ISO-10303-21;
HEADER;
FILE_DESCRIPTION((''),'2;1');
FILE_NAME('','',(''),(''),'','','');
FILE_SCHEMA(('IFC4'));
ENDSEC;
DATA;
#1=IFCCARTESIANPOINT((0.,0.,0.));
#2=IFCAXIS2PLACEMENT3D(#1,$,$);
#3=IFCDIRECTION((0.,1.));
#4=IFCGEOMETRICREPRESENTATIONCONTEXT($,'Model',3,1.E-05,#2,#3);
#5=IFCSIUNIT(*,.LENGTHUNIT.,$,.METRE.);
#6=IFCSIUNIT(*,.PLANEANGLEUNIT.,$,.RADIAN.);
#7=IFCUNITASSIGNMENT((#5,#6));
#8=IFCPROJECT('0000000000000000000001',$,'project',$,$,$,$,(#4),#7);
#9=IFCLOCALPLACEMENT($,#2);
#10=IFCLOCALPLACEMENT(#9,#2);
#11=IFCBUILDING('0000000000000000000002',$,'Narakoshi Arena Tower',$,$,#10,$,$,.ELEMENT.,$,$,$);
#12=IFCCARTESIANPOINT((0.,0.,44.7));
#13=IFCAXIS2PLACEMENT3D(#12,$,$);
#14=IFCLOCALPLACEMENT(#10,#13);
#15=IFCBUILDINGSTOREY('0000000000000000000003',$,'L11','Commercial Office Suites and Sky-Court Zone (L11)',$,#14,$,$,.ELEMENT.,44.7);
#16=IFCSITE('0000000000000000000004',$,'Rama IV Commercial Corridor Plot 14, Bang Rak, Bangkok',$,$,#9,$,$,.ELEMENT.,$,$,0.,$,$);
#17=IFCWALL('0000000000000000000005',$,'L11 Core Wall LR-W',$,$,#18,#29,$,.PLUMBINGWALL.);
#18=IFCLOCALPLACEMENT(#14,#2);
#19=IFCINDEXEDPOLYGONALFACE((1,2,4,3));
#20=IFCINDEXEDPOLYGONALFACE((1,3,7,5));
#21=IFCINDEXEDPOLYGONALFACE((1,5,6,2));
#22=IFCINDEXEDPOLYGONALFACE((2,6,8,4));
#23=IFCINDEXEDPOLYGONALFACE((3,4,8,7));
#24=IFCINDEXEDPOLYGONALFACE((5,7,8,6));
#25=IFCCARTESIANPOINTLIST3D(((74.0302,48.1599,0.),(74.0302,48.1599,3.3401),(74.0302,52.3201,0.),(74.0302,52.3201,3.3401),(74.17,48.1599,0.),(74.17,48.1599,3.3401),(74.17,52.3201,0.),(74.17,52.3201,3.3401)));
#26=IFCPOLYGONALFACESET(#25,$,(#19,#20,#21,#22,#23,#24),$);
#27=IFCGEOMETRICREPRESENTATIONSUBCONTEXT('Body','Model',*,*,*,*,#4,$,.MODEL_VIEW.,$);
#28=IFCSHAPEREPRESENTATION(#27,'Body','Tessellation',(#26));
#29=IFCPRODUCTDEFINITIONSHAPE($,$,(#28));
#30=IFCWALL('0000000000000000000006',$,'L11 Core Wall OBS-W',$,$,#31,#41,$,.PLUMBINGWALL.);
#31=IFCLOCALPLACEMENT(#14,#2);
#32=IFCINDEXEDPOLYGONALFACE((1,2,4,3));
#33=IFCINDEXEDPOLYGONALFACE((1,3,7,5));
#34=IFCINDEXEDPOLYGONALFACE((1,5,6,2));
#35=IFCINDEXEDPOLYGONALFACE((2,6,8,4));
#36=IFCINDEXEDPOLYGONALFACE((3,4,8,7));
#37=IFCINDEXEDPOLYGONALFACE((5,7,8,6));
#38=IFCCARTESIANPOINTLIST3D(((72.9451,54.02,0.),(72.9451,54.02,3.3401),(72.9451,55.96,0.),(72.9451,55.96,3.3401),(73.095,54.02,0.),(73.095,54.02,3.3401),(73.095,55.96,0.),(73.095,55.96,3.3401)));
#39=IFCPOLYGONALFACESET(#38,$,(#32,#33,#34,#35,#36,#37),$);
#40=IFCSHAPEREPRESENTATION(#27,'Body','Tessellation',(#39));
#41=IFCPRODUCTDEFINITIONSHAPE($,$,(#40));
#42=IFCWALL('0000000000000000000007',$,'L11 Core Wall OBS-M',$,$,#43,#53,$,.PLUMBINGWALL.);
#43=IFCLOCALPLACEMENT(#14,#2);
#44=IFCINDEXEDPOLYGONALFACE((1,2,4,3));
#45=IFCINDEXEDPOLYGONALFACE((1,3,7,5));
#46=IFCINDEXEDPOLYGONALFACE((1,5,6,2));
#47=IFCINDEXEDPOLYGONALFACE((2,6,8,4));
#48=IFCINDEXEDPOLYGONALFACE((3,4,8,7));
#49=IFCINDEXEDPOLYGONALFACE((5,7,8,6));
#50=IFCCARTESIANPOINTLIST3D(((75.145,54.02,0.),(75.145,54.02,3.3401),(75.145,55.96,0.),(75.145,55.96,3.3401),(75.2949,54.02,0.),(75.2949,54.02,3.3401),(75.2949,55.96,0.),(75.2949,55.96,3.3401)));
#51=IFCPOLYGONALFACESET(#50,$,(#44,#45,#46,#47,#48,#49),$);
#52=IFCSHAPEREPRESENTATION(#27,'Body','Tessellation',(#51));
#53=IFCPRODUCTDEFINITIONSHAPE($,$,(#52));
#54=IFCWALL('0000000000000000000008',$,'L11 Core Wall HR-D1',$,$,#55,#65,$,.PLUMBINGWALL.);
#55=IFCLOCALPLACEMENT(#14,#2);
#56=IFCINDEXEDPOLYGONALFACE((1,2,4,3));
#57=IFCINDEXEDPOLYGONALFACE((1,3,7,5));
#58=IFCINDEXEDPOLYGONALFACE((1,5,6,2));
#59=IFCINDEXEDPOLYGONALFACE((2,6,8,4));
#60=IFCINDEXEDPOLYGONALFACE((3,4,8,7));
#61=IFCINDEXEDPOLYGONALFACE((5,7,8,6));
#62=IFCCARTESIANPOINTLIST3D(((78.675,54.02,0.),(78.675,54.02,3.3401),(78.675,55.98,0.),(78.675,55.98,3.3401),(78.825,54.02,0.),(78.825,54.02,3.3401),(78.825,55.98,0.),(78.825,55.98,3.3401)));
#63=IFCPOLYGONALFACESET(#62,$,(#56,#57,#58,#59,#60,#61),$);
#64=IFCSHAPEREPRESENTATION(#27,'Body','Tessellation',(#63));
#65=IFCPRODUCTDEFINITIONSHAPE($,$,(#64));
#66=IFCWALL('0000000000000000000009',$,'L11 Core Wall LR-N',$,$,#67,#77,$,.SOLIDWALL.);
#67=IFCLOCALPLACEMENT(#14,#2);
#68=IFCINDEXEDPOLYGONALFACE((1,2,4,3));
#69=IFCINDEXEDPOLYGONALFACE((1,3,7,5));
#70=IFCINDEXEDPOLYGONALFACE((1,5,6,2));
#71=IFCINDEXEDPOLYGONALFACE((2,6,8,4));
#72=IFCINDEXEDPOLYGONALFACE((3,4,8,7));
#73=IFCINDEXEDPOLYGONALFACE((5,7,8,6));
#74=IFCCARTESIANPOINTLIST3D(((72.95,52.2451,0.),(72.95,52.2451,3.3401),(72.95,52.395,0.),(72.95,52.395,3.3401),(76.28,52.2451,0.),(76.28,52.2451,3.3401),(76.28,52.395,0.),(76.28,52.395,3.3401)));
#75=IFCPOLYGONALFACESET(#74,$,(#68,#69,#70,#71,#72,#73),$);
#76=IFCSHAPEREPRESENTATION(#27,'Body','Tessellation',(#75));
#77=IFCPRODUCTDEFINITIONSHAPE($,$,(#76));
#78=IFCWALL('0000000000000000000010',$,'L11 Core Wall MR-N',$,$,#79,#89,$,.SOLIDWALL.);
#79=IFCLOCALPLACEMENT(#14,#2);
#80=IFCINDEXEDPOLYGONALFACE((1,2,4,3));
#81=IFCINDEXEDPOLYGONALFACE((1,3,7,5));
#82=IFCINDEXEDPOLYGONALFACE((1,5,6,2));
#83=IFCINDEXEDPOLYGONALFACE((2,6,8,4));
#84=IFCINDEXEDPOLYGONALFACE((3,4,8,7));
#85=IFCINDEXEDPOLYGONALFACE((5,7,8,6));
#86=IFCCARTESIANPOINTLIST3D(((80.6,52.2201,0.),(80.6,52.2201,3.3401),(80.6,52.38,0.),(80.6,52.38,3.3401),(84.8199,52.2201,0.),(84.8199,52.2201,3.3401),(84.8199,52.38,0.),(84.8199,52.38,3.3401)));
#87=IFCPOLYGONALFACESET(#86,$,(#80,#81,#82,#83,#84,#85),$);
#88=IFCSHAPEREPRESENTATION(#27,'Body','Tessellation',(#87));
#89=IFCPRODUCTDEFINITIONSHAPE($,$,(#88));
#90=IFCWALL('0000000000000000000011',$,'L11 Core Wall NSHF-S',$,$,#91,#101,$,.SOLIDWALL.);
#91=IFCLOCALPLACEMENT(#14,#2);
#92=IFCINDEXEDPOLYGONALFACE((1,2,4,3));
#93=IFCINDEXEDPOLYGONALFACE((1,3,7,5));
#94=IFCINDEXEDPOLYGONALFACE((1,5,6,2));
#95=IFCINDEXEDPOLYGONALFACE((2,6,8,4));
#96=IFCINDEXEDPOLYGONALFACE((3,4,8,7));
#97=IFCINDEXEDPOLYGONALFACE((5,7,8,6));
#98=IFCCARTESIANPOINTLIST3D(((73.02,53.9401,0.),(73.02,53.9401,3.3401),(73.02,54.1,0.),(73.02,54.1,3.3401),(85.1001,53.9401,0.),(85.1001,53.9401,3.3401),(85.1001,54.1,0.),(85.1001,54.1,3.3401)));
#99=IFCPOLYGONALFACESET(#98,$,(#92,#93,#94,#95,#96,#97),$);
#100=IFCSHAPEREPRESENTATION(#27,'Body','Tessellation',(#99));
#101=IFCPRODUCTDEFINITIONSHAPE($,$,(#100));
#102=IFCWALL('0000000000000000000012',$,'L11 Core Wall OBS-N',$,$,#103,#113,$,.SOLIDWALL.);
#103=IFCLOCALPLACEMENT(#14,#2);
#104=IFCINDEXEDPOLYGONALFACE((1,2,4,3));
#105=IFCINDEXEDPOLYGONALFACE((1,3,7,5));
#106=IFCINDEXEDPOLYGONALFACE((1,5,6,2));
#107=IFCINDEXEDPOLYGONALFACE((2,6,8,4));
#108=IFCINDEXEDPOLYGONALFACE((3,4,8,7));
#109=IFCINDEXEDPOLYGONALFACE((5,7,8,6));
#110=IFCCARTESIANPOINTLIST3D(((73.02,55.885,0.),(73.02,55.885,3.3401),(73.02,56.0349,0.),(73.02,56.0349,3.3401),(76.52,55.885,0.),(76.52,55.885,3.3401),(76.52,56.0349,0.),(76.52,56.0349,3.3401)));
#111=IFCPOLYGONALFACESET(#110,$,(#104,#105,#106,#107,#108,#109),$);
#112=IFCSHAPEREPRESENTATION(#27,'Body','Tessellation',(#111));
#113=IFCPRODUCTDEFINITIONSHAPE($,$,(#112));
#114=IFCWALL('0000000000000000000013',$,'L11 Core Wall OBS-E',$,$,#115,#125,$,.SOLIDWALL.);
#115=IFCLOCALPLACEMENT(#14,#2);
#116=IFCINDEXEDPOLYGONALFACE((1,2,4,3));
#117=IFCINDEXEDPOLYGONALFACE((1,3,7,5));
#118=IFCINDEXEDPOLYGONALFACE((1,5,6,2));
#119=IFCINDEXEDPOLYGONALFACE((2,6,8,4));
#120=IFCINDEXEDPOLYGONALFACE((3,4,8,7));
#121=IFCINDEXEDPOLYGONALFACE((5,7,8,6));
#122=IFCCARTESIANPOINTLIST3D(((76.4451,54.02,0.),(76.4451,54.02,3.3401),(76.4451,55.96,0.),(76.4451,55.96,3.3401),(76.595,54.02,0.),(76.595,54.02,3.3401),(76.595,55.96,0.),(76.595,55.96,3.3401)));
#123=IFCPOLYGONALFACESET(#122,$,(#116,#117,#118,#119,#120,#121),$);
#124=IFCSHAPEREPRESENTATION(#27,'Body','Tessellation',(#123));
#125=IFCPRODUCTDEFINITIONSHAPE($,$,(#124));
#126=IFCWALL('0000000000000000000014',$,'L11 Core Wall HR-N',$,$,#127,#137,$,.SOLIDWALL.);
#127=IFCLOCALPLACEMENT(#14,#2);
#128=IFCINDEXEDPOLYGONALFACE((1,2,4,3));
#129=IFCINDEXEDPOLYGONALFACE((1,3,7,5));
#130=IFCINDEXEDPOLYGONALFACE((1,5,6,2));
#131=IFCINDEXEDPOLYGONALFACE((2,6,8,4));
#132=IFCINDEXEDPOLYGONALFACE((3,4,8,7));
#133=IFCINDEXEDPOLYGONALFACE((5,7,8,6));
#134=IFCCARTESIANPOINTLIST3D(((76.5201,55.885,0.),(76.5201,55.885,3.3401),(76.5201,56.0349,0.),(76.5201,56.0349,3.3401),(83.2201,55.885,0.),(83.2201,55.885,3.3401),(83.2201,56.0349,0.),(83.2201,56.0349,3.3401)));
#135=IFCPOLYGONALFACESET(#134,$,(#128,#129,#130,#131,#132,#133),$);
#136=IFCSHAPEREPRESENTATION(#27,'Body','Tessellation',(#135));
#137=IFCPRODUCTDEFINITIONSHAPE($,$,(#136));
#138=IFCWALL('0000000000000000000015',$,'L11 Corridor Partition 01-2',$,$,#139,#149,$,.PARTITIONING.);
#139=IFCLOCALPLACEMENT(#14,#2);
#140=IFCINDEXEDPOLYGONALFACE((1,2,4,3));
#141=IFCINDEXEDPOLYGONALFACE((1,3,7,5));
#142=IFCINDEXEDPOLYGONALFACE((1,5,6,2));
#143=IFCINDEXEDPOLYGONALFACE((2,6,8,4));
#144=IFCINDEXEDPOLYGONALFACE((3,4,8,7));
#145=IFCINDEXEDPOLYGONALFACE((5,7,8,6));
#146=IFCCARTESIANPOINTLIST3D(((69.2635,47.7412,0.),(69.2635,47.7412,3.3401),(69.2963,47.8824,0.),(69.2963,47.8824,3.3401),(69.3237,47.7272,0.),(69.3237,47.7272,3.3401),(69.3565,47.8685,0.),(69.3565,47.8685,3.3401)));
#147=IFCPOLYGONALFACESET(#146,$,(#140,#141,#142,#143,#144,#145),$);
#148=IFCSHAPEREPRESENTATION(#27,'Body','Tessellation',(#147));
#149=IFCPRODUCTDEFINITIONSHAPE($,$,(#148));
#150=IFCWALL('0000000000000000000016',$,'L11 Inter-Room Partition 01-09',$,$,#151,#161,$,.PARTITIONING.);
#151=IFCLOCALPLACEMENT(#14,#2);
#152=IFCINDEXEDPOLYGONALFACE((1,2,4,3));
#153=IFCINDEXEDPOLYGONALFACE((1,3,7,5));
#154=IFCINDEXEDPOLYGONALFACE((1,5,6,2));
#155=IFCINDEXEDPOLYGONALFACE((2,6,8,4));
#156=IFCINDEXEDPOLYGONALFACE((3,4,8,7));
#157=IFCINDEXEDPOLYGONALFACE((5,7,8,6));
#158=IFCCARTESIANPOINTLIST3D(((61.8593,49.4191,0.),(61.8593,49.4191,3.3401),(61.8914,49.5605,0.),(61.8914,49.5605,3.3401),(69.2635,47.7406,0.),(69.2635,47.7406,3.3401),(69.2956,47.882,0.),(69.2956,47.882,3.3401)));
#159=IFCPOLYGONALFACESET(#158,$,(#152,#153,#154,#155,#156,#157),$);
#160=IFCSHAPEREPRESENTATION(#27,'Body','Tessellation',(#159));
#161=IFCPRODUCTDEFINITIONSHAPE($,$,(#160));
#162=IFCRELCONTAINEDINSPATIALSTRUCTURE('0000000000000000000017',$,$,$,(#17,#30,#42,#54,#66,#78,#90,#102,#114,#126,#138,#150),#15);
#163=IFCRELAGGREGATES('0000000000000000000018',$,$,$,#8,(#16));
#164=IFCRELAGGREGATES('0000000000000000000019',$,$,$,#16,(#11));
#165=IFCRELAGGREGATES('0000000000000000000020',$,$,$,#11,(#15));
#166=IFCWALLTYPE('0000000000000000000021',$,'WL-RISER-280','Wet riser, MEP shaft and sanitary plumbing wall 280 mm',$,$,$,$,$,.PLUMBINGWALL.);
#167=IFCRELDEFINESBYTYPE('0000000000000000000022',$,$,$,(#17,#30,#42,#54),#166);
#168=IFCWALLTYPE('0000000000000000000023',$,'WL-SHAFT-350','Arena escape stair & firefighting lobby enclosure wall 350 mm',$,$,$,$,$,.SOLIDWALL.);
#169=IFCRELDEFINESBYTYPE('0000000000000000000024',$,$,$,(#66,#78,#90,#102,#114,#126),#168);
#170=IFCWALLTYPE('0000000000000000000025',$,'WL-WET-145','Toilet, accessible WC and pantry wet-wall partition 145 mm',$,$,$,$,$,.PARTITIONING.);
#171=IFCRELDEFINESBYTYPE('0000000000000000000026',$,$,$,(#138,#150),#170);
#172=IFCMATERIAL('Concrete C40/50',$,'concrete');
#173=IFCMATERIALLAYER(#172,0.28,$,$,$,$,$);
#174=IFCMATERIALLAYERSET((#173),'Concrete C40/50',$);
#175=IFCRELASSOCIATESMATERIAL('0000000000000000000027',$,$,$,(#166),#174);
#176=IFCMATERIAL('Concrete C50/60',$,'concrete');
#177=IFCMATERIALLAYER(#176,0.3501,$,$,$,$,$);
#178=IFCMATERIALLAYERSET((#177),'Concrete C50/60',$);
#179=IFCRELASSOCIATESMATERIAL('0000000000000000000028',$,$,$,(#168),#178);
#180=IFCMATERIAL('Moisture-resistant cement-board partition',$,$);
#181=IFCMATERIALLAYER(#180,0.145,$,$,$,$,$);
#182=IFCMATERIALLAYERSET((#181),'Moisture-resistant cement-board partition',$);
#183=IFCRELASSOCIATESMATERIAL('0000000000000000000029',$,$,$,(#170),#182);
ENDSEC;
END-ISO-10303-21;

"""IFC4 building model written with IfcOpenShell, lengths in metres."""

from ifc_helpers import new_model, si_unit, direction, frame, frame_2d, origin, place, context, subcontext, project, spatial, rectangle, extrude, material, layer, layer_set, type_object, element, save


model = new_model("IFC4")

# Units and contexts
model_context = context("Model", 3, precision=1e-05, world=origin(), true_north=direction((0.0, 1.0)))
body_context = subcontext(model_context, "Body", "Model", "MODEL_VIEW")
ifc_project = project(units=[si_unit("LENGTHUNIT", "METRE"), si_unit("PLANEANGLEUNIT", "RADIAN")], contexts=[model_context])

# Site, building, storey
site_placement = place(None, origin())
site = spatial("IfcSite", under=ifc_project, at=site_placement, Name="Rama IV Commercial Corridor Plot 14, Bang Rak, Bangkok", CompositionType="ELEMENT", RefElevation=0.0)
building_placement = place(site_placement, origin())
building = spatial("IfcBuilding", under=site, at=building_placement, Name="Narakoshi Arena Tower", CompositionType="ELEMENT")
storey_placement = place(building_placement, frame((0.0, 0.0, 44.7)))
storey = spatial("IfcBuildingStorey", under=building, at=storey_placement, Name="L11", Description="Commercial Office Suites and Sky-Court Zone (L11)", CompositionType="ELEMENT", Elevation=44.7)

# Walls
ifc_material_1 = material(Name="Concrete C40/50", Category="concrete")
ifc_layer_1 = layer(ifc_material_1, 0.28)
ifc_layer_set_1 = layer_set([ifc_layer_1], Name="Concrete C40/50")
wall_type_1 = type_object("IfcWallType", Name="WL-RISER-280", Description="Wet riser, MEP shaft and sanitary plumbing wall 280 mm", PredefinedType="PLUMBINGWALL", material=ifc_layer_set_1)
wall_1_placement = place(storey_placement, frame((74.1001, 48.1599, 0.0), z_axis=(0.0, 0.0, 1.0), x_axis=(0.0, 1.0, 0.0)))
element("IfcWall", 1, at=wall_1_placement, inside=storey, type_object=wall_type_1, Name="L11 Core Wall LR-W", PredefinedType="PLUMBINGWALL", context=body_context, shape_type="SweptSolid", body=[
    extrude(rectangle(XDim=4.1602, YDim=0.1399, at=frame_2d((2.0801, 0.0))), origin(), (0.0, 0.0, 1.0), 3.3401),
])
for number, where, z_axis, x_axis, name in (
    (2, (73.02, 54.02, 0.0), (0.0, 0.0, 1.0), (0.0, 1.0, 0.0), "L11 Core Wall OBS-W"),
    (3, (75.22, 54.02, 0.0), (0.0, 0.0, 1.0), (0.0, 1.0, 0.0), "L11 Core Wall OBS-M"),
):
    element("IfcWall", number, at=place(storey_placement, frame(where, z_axis=z_axis, x_axis=x_axis)), inside=storey, type_object=wall_type_1, Name=name, PredefinedType="PLUMBINGWALL", context=body_context, shape_type="SweptSolid", body=[
        extrude(rectangle(XDim=1.9399, YDim=0.1499, at=frame_2d((0.97, 0.0))), origin(), (0.0, 0.0, 1.0), 3.3401),
    ])
wall_2_placement = place(storey_placement, frame((78.75, 54.02, 0.0), z_axis=(0.0, 0.0, 1.0), x_axis=(0.0, 1.0, 0.0)))
element("IfcWall", 4, at=wall_2_placement, inside=storey, type_object=wall_type_1, Name="L11 Core Wall HR-D1", PredefinedType="PLUMBINGWALL", context=body_context, shape_type="SweptSolid", body=[
    extrude(rectangle(XDim=1.96, YDim=0.1499, at=frame_2d((0.98, 0.0))), origin(), (0.0, 0.0, 1.0), 3.3401),
])
ifc_material_2 = material(Name="Concrete C50/60", Category="concrete")
ifc_layer_2 = layer(ifc_material_2, 0.3501)
ifc_layer_set_2 = layer_set([ifc_layer_2], Name="Concrete C50/60")
wall_type_2 = type_object("IfcWallType", Name="WL-SHAFT-350", Description="Arena escape stair & firefighting lobby enclosure wall 350 mm", PredefinedType="SOLIDWALL", material=ifc_layer_set_2)
wall_3_placement = place(storey_placement, frame((72.95, 52.3201, 0.0), z_axis=(0.0, 0.0, 1.0), x_axis=(1.0, 0.0, 0.0)))
element("IfcWall", 5, at=wall_3_placement, inside=storey, type_object=wall_type_2, Name="L11 Core Wall LR-N", PredefinedType="SOLIDWALL", context=body_context, shape_type="SweptSolid", body=[
    extrude(rectangle(XDim=3.3301, YDim=0.1499, at=frame_2d((1.665, 0.0))), origin(), (0.0, 0.0, 1.0), 3.3401),
])
wall_4_placement = place(storey_placement, frame((80.6001, 52.3, 0.0), z_axis=(0.0, 0.0, 1.0), x_axis=(1.0, 0.0, 0.0)))
element("IfcWall", 6, at=wall_4_placement, inside=storey, type_object=wall_type_2, Name="L11 Core Wall MR-N", PredefinedType="SOLIDWALL", context=body_context, shape_type="SweptSolid", body=[
    extrude(rectangle(XDim=4.22, YDim=0.1599, at=frame_2d((2.1099, 0.0))), origin(), (0.0, 0.0, 1.0), 3.3401),
])
wall_5_placement = place(storey_placement, frame((73.02, 54.02, 0.0), z_axis=(0.0, 0.0, 1.0), x_axis=(1.0, 0.0, 0.0)))
element("IfcWall", 7, at=wall_5_placement, inside=storey, type_object=wall_type_2, Name="L11 Core Wall NSHF-S", PredefinedType="SOLIDWALL", context=body_context, shape_type="SweptSolid", body=[
    extrude(rectangle(XDim=12.0801, YDim=0.1599, at=frame_2d((6.04, 0.0))), origin(), (0.0, 0.0, 1.0), 3.3401),
])
wall_6_placement = place(storey_placement, frame((73.02, 55.96, 0.0), z_axis=(0.0, 0.0, 1.0), x_axis=(1.0, 0.0, 0.0)))
element("IfcWall", 8, at=wall_6_placement, inside=storey, type_object=wall_type_2, Name="L11 Core Wall OBS-N", PredefinedType="SOLIDWALL", context=body_context, shape_type="SweptSolid", body=[
    extrude(rectangle(XDim=3.5, YDim=0.1499, at=frame_2d((1.75, 0.0))), origin(), (0.0, 0.0, 1.0), 3.3401),
])
wall_7_placement = place(storey_placement, frame((76.52, 54.02, 0.0), z_axis=(0.0, 0.0, 1.0), x_axis=(0.0, 1.0, 0.0)))
element("IfcWall", 9, at=wall_7_placement, inside=storey, type_object=wall_type_2, Name="L11 Core Wall OBS-E", PredefinedType="SOLIDWALL", context=body_context, shape_type="SweptSolid", body=[
    extrude(rectangle(XDim=1.9399, YDim=0.1499, at=frame_2d((0.97, 0.0))), origin(), (0.0, 0.0, 1.0), 3.3401),
])
wall_8_placement = place(storey_placement, frame((76.52, 55.96, 0.0), z_axis=(0.0, 0.0, 1.0), x_axis=(1.0, 0.0, 0.0)))
element("IfcWall", 10, at=wall_8_placement, inside=storey, type_object=wall_type_2, Name="L11 Core Wall HR-N", PredefinedType="SOLIDWALL", context=body_context, shape_type="SweptSolid", body=[
    extrude(rectangle(XDim=6.7, YDim=0.1499, at=frame_2d((3.3501, 0.0))), origin(), (0.0, 0.0, 1.0), 3.3401),
])
ifc_material_3 = material(Name="Moisture-resistant cement-board partition")
ifc_layer_3 = layer(ifc_material_3, 0.145)
ifc_layer_set_3 = layer_set([ifc_layer_3], Name="Moisture-resistant cement-board partition")
wall_type_3 = type_object("IfcWallType", Name="WL-WET-145", Description="Toilet, accessible WC and pantry wet-wall partition 145 mm", PredefinedType="PARTITIONING", material=ifc_layer_set_3)
wall_9_placement = place(storey_placement, frame((69.28, 47.8118, 0.0), z_axis=(0.0, 0.0, 1.0), x_axis=(0.974191, -0.225727, 0.0)))
element("IfcWall", 11, at=wall_9_placement, inside=storey, type_object=wall_type_3, Name="L11 Corridor Partition 01-2", PredefinedType="PARTITIONING", context=body_context, shape_type="SweptSolid", body=[
    extrude(rectangle(XDim=0.0618, YDim=0.145, at=frame_2d((0.0308, 0.0))), origin(), (0.0, 0.0, 1.0), 3.3401),
])
wall_10_placement = place(storey_placement, frame((61.8755, 49.4897, 0.0), z_axis=(0.0, 0.0, 1.0), x_axis=(0.975256, -0.221079, 0.0)))
element("IfcWall", 12, at=wall_10_placement, inside=storey, type_object=wall_type_3, Name="L11 Inter-Room Partition 01-09", PredefinedType="PARTITIONING", context=body_context, shape_type="SweptSolid", body=[
    extrude(rectangle(XDim=7.592, YDim=0.145, at=frame_2d((3.7959, 0.0))), origin(), (0.0, 0.0, 1.0), 3.3401),
])

save(model, "model.ifc")
